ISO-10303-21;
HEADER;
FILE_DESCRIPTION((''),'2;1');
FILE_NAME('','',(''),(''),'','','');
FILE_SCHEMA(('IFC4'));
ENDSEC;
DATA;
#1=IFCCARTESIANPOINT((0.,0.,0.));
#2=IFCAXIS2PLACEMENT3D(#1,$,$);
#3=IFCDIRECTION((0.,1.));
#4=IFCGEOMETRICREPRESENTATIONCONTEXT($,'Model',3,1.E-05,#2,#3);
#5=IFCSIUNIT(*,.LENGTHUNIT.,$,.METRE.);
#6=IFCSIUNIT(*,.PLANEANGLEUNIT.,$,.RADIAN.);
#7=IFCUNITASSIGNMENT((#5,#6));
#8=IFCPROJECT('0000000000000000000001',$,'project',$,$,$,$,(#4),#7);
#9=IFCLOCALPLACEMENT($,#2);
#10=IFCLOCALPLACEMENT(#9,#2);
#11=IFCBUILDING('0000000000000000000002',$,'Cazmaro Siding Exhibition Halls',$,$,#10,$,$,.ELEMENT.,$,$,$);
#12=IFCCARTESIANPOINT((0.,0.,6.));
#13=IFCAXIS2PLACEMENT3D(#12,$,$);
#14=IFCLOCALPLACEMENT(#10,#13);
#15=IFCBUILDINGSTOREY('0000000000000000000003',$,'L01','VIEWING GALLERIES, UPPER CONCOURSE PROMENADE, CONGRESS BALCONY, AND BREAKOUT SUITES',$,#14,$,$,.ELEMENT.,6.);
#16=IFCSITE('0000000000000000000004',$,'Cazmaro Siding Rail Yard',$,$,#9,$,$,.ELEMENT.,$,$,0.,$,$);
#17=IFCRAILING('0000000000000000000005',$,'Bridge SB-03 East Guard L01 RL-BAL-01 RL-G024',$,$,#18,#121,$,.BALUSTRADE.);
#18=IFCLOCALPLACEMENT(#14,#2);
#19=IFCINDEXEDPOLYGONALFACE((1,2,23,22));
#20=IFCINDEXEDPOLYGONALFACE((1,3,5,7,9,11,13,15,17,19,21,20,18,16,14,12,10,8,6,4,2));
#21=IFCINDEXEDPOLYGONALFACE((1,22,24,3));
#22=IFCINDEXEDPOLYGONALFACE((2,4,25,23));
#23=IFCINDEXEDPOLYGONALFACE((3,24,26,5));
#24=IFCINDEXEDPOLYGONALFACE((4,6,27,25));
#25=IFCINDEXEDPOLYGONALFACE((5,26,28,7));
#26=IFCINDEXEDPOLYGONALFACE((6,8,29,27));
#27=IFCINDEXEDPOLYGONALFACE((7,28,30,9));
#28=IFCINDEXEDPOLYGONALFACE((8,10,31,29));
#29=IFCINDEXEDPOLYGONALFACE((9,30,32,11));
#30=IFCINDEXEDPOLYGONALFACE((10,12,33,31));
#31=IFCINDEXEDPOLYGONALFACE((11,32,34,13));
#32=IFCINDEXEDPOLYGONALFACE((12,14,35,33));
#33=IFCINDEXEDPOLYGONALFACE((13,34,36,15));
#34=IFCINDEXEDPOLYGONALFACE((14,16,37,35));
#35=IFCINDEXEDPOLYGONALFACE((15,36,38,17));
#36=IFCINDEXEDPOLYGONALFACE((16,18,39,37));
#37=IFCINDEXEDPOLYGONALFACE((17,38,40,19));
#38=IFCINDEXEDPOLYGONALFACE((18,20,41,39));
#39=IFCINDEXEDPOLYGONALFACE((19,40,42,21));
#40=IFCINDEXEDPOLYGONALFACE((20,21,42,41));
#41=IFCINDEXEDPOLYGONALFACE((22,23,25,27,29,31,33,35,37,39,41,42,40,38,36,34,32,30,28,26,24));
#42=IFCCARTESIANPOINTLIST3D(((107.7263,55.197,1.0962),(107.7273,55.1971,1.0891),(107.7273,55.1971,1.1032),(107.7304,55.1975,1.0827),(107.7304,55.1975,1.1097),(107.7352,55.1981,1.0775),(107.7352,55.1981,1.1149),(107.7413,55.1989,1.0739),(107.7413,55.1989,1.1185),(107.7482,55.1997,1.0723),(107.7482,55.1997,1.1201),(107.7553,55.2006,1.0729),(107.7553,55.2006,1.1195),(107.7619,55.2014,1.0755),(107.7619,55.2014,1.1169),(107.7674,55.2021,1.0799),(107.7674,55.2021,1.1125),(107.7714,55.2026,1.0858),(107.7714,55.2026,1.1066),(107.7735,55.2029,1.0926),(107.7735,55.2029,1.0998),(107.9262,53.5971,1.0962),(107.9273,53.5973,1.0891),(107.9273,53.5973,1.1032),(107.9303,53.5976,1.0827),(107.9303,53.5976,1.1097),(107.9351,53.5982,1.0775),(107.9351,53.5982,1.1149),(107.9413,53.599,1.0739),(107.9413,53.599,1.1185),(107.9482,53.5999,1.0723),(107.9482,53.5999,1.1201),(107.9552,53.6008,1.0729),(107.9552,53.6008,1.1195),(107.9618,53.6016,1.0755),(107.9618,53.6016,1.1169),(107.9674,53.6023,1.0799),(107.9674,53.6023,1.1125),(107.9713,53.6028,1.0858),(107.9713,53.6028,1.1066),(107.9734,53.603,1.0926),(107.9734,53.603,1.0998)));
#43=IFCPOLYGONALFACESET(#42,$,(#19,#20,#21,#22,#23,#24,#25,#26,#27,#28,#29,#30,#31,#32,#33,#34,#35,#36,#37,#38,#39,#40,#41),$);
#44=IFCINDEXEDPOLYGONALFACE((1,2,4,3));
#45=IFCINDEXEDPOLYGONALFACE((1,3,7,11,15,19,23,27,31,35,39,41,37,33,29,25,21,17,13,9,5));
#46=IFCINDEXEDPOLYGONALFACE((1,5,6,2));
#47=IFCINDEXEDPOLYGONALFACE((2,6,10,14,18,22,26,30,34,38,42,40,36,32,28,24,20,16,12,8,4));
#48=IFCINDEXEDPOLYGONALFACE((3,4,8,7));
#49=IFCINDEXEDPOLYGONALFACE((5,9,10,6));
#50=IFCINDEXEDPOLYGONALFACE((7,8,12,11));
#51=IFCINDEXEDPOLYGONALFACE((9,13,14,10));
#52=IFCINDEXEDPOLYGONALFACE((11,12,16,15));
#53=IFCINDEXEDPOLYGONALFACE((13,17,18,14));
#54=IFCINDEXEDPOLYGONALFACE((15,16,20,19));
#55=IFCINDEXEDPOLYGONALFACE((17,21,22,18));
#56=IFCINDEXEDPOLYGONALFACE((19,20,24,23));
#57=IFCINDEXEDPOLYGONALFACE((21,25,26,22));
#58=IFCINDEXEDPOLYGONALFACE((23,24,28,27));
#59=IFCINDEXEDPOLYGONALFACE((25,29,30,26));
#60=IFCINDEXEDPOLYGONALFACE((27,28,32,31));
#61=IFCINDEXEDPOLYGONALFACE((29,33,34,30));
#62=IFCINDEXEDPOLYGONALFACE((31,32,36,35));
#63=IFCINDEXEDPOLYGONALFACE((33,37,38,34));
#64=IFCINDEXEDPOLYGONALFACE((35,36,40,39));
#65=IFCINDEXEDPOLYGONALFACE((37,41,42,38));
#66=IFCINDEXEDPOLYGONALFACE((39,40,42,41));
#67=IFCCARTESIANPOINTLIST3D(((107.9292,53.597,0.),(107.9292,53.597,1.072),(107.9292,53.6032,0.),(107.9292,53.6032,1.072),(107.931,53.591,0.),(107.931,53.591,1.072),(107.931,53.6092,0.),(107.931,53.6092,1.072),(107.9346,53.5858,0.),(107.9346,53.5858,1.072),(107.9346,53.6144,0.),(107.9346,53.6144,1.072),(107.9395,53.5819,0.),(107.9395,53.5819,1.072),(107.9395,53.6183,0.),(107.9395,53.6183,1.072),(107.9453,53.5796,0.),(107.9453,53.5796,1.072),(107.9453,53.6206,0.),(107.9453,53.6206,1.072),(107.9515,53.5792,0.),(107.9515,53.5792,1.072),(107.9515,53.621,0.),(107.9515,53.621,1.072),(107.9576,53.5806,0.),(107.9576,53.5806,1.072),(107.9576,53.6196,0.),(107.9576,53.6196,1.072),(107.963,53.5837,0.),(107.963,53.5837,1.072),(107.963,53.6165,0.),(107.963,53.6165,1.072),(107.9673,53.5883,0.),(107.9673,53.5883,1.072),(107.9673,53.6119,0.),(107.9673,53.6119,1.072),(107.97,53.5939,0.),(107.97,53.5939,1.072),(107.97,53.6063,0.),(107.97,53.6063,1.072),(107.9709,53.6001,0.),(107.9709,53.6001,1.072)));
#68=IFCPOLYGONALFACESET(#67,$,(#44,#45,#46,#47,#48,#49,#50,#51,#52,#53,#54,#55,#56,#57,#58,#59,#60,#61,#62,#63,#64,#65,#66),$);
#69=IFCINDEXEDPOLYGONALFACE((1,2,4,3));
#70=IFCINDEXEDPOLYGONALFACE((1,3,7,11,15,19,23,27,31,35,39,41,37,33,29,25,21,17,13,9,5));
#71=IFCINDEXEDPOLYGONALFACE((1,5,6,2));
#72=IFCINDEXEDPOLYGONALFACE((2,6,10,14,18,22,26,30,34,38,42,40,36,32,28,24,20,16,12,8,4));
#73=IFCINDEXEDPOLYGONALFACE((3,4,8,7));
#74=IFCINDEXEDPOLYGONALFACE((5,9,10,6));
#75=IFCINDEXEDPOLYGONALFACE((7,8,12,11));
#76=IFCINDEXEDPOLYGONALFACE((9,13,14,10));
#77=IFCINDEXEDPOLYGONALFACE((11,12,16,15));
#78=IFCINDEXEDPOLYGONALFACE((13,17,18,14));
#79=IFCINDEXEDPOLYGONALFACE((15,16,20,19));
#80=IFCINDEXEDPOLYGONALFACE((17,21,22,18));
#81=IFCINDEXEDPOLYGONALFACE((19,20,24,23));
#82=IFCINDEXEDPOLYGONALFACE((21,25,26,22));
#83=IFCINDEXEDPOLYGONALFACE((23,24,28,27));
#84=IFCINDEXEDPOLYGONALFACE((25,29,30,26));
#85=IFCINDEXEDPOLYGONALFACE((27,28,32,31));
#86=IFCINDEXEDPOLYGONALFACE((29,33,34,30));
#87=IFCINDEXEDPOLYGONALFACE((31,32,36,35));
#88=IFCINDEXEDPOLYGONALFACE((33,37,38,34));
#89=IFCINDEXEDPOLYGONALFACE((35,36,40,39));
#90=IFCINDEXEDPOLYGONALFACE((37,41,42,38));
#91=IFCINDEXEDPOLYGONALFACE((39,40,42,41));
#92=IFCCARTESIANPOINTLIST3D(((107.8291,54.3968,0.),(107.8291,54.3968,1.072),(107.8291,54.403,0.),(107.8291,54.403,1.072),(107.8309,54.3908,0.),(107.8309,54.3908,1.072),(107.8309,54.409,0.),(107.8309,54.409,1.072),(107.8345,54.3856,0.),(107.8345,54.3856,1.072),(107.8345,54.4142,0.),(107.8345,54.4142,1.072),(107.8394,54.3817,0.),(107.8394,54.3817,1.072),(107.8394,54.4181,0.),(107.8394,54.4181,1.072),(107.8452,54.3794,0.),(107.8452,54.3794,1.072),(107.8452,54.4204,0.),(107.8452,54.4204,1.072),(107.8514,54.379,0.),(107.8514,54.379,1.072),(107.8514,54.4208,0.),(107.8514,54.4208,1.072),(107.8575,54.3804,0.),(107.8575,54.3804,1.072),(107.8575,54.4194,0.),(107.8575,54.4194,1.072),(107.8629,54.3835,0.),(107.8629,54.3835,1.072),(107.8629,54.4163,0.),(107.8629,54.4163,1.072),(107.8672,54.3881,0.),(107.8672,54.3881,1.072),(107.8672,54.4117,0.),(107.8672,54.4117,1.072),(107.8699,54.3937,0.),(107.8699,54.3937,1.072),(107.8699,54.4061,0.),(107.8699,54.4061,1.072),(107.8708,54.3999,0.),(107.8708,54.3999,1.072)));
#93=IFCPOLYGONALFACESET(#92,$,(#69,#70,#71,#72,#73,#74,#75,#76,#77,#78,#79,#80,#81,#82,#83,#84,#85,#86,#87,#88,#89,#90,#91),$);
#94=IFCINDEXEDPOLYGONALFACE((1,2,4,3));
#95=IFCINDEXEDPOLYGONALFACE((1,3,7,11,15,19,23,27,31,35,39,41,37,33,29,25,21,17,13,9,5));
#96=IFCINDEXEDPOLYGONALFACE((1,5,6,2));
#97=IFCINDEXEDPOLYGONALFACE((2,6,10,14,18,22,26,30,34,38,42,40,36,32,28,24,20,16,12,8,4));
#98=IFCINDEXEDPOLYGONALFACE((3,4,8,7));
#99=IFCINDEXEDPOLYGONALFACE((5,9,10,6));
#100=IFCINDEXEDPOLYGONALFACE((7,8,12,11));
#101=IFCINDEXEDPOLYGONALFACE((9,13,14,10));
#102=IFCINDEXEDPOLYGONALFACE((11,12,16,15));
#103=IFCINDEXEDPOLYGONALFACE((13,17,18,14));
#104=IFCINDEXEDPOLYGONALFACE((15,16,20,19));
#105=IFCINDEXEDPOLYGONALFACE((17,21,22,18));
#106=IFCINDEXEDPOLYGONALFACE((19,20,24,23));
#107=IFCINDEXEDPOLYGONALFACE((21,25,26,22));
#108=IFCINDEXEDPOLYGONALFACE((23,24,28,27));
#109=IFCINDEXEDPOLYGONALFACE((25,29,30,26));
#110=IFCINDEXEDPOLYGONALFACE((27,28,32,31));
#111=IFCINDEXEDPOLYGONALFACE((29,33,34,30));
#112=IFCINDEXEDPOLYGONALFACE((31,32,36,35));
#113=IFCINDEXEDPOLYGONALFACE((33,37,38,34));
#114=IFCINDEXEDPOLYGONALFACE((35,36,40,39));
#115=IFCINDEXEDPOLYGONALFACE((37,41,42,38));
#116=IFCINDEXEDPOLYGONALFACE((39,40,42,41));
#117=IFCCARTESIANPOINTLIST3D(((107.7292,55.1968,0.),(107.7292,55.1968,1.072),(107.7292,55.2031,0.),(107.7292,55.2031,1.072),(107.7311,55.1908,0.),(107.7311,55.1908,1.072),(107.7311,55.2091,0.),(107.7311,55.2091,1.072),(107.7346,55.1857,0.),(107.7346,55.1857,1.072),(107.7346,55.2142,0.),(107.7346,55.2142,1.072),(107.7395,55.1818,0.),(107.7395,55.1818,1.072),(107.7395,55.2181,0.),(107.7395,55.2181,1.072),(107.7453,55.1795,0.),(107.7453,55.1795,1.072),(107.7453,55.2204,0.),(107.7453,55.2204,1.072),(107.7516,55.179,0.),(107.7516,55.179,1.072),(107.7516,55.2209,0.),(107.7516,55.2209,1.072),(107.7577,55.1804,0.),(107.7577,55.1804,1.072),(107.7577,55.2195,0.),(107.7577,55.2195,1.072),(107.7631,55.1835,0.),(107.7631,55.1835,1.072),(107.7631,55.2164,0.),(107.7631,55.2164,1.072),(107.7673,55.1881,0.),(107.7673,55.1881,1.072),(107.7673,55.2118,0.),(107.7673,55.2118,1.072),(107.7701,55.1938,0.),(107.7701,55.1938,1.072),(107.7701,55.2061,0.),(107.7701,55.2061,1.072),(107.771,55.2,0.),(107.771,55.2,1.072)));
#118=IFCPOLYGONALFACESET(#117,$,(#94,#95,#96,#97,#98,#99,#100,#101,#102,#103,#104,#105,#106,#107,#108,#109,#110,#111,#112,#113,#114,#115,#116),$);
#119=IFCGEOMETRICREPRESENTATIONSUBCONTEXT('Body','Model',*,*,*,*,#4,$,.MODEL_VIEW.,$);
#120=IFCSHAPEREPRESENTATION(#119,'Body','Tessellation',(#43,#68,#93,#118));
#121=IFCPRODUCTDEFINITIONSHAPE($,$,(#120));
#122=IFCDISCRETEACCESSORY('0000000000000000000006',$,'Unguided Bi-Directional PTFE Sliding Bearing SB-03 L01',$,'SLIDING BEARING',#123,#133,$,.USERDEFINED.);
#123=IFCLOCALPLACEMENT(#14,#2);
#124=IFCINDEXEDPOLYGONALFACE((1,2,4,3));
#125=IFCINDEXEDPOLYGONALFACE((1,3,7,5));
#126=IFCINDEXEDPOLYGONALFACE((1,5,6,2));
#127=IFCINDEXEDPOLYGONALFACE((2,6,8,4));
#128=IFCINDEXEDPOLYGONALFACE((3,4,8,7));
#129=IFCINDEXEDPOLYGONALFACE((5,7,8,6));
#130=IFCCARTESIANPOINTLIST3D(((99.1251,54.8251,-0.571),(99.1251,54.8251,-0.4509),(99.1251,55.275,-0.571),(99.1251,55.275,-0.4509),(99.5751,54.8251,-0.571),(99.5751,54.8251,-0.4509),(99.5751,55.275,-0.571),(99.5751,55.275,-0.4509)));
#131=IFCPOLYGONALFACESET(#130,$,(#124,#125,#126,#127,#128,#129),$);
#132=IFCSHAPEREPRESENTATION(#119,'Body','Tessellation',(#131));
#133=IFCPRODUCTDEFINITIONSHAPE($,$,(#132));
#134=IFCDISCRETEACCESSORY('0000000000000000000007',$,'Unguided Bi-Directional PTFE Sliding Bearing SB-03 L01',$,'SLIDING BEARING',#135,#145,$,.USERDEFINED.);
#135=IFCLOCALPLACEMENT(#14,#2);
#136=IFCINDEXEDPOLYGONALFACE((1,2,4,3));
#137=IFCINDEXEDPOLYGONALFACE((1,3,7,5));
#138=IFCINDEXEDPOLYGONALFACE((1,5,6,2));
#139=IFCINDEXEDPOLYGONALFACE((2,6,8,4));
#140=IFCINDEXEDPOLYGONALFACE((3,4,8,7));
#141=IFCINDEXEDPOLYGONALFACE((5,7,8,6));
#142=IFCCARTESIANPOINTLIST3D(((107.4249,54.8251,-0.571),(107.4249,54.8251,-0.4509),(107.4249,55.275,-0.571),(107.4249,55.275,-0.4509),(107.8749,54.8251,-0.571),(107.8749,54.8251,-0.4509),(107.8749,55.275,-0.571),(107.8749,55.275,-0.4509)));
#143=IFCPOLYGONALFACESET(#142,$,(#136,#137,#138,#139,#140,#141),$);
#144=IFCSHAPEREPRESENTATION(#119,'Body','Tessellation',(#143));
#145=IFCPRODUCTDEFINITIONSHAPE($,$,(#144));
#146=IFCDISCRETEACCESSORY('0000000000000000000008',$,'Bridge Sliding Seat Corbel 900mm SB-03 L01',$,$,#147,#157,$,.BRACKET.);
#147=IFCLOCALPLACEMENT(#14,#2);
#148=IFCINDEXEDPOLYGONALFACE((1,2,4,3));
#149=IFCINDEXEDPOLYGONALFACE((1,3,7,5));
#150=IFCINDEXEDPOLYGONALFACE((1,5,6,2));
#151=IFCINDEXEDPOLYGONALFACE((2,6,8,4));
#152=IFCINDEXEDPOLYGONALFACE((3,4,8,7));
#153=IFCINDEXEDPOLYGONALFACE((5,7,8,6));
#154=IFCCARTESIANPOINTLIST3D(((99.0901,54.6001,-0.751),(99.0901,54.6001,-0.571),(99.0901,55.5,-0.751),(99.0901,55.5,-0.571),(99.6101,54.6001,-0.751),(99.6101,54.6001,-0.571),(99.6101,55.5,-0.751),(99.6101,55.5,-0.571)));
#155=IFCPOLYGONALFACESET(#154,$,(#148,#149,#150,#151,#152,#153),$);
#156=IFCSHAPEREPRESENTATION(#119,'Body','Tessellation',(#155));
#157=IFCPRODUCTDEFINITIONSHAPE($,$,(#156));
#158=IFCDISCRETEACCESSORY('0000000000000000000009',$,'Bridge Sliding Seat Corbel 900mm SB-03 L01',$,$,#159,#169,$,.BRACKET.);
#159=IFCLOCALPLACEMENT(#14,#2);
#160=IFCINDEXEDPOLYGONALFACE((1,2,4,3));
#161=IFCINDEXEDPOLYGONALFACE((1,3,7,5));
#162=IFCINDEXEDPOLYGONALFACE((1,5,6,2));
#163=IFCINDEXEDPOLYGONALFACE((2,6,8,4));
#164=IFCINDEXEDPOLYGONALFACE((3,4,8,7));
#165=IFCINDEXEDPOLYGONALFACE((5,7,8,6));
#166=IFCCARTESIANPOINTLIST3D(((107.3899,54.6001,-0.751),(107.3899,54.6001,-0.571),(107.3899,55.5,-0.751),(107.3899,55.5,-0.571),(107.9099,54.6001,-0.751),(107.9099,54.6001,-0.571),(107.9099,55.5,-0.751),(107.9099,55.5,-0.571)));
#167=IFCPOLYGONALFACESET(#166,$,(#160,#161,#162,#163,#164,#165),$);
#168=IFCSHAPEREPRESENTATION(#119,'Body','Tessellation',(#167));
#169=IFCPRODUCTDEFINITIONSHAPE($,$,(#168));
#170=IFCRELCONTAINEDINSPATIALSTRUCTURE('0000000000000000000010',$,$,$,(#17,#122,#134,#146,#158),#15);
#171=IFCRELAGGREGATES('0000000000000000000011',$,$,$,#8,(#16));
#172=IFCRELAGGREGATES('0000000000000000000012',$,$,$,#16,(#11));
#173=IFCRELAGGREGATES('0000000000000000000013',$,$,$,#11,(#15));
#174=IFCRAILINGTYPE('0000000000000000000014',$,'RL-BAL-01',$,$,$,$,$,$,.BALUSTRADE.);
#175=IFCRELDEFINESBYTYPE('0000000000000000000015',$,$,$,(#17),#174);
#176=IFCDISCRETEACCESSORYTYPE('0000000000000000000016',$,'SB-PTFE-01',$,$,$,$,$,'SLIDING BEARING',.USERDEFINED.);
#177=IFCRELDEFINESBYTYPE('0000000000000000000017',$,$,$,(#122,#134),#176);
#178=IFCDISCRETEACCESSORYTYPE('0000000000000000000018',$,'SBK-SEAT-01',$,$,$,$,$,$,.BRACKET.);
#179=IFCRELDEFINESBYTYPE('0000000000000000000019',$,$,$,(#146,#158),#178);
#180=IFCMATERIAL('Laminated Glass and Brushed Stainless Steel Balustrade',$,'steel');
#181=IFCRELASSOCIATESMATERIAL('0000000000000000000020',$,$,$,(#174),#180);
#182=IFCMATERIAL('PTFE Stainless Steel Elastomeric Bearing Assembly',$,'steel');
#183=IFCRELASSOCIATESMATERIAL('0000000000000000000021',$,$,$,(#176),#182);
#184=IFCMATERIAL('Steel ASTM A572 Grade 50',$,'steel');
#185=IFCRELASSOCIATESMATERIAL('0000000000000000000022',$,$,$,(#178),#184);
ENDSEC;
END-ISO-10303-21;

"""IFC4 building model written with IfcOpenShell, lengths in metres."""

from ifc_helpers import new_model, si_unit, direction, frame, origin, origin_2d, place, context, subcontext, project, spatial, rectangle, circle, extrude, material, type_object, element, save


model = new_model("IFC4")

# Units and contexts
model_context = context("Model", 3, precision=1e-05, world=origin(), true_north=direction((0.0, 1.0)))
body_context = subcontext(model_context, "Body", "Model", "MODEL_VIEW")
ifc_project = project(units=[si_unit("LENGTHUNIT", "METRE"), si_unit("PLANEANGLEUNIT", "RADIAN")], contexts=[model_context])

# Site, building, storey
site_placement = place(None, origin())
site = spatial("IfcSite", under=ifc_project, at=site_placement, Name="Cazmaro Siding Rail Yard", CompositionType="ELEMENT", RefElevation=0.0)
building_placement = place(site_placement, origin())
building = spatial("IfcBuilding", under=site, at=building_placement, Name="Cazmaro Siding Exhibition Halls", CompositionType="ELEMENT")
storey_placement = place(building_placement, frame((0.0, 0.0, 6.0)))
storey = spatial("IfcBuildingStorey", under=building, at=storey_placement, Name="L01", Description="VIEWING GALLERIES, UPPER CONCOURSE PROMENADE, CONGRESS BALCONY, AND BREAKOUT SUITES", CompositionType="ELEMENT", Elevation=6.0)

# Railing
ifc_material_1 = material(Name="Laminated Glass and Brushed Stainless Steel Balustrade", Category="steel")
railing_type = type_object("IfcRailingType", Name="RL-BAL-01", PredefinedType="BALUSTRADE", material=ifc_material_1)
railing_1_placement = place(storey_placement, frame((107.95, 53.6001, 0.0)))
element("IfcRailing", 1, at=railing_1_placement, inside=storey, type_object=railing_type, Name="Bridge SB-03 East Guard L01 RL-BAL-01 RL-G024", PredefinedType="BALUSTRADE", context=body_context, shape_type="SweptSolid", body=[
    extrude(circle(Radius=0.0239, at=origin_2d()), frame((0.0, 0.0, 1.0962), z_axis=(-0.124016, 0.99228, 0.0), x_axis=(-0.99228, -0.124016, 0.0)), (0.0, 0.0, 1.0), 1.6123),
    extrude(circle(Radius=0.021, at=origin_2d()), origin(), (0.0, 0.0, 1.0), 1.072),
    extrude(circle(Radius=0.021, at=origin_2d()), frame((-0.1001, 0.7998, 0.0)), (0.0, 0.0, 1.0), 1.072),
    extrude(circle(Radius=0.021, at=origin_2d()), frame((-0.2, 1.5999, 0.0)), (0.0, 0.0, 1.0), 1.072),
])

# Discrete accessories
ifc_material_2 = material(Name="PTFE Stainless Steel Elastomeric Bearing Assembly", Category="steel")
discrete_accessory_type_1 = type_object("IfcDiscreteAccessoryType", Name="SB-PTFE-01", ElementType="SLIDING BEARING", PredefinedType="USERDEFINED", material=ifc_material_2)
for number, where, z_axis, x_axis, name in (
    (2, (99.3501, 55.05, -0.571), (0.0, 0.0, 1.0), (1.0, 0.0, 0.0), "Unguided Bi-Directional PTFE Sliding Bearing SB-03 L01"),
    (3, (107.6499, 55.05, -0.571), (0.0, 0.0, 1.0), (1.0, 0.0, 0.0), "Unguided Bi-Directional PTFE Sliding Bearing SB-03 L01"),
):
    element("IfcDiscreteAccessory", number, at=place(storey_placement, frame(where, z_axis=z_axis, x_axis=x_axis)), inside=storey, type_object=discrete_accessory_type_1, Name=name, ObjectType="SLIDING BEARING", PredefinedType="USERDEFINED", context=body_context, shape_type="SweptSolid", body=[
        extrude(rectangle(XDim=0.45, YDim=0.45, at=origin_2d()), origin(), (0.0, 0.0, 1.0), 0.1201),
    ])
ifc_material_3 = material(Name="Steel ASTM A572 Grade 50", Category="steel")
discrete_accessory_type_2 = type_object("IfcDiscreteAccessoryType", Name="SBK-SEAT-01", PredefinedType="BRACKET", material=ifc_material_3)
for number, where, z_axis, x_axis, name in (
    (4, (99.3501, 55.05, -0.751), (0.0, 0.0, 1.0), (1.0, 0.0, 0.0), "Bridge Sliding Seat Corbel 900mm SB-03 L01"),
    (5, (107.6499, 55.05, -0.751), (0.0, 0.0, 1.0), (1.0, 0.0, 0.0), "Bridge Sliding Seat Corbel 900mm SB-03 L01"),
):
    element("IfcDiscreteAccessory", number, at=place(storey_placement, frame(where, z_axis=z_axis, x_axis=x_axis)), inside=storey, type_object=discrete_accessory_type_2, Name=name, PredefinedType="BRACKET", context=body_context, shape_type="SweptSolid", body=[
        extrude(rectangle(XDim=0.52, YDim=0.8999, at=origin_2d()), origin(), (0.0, 0.0, 1.0), 0.1799),
    ])

save(model, "model.ifc")
